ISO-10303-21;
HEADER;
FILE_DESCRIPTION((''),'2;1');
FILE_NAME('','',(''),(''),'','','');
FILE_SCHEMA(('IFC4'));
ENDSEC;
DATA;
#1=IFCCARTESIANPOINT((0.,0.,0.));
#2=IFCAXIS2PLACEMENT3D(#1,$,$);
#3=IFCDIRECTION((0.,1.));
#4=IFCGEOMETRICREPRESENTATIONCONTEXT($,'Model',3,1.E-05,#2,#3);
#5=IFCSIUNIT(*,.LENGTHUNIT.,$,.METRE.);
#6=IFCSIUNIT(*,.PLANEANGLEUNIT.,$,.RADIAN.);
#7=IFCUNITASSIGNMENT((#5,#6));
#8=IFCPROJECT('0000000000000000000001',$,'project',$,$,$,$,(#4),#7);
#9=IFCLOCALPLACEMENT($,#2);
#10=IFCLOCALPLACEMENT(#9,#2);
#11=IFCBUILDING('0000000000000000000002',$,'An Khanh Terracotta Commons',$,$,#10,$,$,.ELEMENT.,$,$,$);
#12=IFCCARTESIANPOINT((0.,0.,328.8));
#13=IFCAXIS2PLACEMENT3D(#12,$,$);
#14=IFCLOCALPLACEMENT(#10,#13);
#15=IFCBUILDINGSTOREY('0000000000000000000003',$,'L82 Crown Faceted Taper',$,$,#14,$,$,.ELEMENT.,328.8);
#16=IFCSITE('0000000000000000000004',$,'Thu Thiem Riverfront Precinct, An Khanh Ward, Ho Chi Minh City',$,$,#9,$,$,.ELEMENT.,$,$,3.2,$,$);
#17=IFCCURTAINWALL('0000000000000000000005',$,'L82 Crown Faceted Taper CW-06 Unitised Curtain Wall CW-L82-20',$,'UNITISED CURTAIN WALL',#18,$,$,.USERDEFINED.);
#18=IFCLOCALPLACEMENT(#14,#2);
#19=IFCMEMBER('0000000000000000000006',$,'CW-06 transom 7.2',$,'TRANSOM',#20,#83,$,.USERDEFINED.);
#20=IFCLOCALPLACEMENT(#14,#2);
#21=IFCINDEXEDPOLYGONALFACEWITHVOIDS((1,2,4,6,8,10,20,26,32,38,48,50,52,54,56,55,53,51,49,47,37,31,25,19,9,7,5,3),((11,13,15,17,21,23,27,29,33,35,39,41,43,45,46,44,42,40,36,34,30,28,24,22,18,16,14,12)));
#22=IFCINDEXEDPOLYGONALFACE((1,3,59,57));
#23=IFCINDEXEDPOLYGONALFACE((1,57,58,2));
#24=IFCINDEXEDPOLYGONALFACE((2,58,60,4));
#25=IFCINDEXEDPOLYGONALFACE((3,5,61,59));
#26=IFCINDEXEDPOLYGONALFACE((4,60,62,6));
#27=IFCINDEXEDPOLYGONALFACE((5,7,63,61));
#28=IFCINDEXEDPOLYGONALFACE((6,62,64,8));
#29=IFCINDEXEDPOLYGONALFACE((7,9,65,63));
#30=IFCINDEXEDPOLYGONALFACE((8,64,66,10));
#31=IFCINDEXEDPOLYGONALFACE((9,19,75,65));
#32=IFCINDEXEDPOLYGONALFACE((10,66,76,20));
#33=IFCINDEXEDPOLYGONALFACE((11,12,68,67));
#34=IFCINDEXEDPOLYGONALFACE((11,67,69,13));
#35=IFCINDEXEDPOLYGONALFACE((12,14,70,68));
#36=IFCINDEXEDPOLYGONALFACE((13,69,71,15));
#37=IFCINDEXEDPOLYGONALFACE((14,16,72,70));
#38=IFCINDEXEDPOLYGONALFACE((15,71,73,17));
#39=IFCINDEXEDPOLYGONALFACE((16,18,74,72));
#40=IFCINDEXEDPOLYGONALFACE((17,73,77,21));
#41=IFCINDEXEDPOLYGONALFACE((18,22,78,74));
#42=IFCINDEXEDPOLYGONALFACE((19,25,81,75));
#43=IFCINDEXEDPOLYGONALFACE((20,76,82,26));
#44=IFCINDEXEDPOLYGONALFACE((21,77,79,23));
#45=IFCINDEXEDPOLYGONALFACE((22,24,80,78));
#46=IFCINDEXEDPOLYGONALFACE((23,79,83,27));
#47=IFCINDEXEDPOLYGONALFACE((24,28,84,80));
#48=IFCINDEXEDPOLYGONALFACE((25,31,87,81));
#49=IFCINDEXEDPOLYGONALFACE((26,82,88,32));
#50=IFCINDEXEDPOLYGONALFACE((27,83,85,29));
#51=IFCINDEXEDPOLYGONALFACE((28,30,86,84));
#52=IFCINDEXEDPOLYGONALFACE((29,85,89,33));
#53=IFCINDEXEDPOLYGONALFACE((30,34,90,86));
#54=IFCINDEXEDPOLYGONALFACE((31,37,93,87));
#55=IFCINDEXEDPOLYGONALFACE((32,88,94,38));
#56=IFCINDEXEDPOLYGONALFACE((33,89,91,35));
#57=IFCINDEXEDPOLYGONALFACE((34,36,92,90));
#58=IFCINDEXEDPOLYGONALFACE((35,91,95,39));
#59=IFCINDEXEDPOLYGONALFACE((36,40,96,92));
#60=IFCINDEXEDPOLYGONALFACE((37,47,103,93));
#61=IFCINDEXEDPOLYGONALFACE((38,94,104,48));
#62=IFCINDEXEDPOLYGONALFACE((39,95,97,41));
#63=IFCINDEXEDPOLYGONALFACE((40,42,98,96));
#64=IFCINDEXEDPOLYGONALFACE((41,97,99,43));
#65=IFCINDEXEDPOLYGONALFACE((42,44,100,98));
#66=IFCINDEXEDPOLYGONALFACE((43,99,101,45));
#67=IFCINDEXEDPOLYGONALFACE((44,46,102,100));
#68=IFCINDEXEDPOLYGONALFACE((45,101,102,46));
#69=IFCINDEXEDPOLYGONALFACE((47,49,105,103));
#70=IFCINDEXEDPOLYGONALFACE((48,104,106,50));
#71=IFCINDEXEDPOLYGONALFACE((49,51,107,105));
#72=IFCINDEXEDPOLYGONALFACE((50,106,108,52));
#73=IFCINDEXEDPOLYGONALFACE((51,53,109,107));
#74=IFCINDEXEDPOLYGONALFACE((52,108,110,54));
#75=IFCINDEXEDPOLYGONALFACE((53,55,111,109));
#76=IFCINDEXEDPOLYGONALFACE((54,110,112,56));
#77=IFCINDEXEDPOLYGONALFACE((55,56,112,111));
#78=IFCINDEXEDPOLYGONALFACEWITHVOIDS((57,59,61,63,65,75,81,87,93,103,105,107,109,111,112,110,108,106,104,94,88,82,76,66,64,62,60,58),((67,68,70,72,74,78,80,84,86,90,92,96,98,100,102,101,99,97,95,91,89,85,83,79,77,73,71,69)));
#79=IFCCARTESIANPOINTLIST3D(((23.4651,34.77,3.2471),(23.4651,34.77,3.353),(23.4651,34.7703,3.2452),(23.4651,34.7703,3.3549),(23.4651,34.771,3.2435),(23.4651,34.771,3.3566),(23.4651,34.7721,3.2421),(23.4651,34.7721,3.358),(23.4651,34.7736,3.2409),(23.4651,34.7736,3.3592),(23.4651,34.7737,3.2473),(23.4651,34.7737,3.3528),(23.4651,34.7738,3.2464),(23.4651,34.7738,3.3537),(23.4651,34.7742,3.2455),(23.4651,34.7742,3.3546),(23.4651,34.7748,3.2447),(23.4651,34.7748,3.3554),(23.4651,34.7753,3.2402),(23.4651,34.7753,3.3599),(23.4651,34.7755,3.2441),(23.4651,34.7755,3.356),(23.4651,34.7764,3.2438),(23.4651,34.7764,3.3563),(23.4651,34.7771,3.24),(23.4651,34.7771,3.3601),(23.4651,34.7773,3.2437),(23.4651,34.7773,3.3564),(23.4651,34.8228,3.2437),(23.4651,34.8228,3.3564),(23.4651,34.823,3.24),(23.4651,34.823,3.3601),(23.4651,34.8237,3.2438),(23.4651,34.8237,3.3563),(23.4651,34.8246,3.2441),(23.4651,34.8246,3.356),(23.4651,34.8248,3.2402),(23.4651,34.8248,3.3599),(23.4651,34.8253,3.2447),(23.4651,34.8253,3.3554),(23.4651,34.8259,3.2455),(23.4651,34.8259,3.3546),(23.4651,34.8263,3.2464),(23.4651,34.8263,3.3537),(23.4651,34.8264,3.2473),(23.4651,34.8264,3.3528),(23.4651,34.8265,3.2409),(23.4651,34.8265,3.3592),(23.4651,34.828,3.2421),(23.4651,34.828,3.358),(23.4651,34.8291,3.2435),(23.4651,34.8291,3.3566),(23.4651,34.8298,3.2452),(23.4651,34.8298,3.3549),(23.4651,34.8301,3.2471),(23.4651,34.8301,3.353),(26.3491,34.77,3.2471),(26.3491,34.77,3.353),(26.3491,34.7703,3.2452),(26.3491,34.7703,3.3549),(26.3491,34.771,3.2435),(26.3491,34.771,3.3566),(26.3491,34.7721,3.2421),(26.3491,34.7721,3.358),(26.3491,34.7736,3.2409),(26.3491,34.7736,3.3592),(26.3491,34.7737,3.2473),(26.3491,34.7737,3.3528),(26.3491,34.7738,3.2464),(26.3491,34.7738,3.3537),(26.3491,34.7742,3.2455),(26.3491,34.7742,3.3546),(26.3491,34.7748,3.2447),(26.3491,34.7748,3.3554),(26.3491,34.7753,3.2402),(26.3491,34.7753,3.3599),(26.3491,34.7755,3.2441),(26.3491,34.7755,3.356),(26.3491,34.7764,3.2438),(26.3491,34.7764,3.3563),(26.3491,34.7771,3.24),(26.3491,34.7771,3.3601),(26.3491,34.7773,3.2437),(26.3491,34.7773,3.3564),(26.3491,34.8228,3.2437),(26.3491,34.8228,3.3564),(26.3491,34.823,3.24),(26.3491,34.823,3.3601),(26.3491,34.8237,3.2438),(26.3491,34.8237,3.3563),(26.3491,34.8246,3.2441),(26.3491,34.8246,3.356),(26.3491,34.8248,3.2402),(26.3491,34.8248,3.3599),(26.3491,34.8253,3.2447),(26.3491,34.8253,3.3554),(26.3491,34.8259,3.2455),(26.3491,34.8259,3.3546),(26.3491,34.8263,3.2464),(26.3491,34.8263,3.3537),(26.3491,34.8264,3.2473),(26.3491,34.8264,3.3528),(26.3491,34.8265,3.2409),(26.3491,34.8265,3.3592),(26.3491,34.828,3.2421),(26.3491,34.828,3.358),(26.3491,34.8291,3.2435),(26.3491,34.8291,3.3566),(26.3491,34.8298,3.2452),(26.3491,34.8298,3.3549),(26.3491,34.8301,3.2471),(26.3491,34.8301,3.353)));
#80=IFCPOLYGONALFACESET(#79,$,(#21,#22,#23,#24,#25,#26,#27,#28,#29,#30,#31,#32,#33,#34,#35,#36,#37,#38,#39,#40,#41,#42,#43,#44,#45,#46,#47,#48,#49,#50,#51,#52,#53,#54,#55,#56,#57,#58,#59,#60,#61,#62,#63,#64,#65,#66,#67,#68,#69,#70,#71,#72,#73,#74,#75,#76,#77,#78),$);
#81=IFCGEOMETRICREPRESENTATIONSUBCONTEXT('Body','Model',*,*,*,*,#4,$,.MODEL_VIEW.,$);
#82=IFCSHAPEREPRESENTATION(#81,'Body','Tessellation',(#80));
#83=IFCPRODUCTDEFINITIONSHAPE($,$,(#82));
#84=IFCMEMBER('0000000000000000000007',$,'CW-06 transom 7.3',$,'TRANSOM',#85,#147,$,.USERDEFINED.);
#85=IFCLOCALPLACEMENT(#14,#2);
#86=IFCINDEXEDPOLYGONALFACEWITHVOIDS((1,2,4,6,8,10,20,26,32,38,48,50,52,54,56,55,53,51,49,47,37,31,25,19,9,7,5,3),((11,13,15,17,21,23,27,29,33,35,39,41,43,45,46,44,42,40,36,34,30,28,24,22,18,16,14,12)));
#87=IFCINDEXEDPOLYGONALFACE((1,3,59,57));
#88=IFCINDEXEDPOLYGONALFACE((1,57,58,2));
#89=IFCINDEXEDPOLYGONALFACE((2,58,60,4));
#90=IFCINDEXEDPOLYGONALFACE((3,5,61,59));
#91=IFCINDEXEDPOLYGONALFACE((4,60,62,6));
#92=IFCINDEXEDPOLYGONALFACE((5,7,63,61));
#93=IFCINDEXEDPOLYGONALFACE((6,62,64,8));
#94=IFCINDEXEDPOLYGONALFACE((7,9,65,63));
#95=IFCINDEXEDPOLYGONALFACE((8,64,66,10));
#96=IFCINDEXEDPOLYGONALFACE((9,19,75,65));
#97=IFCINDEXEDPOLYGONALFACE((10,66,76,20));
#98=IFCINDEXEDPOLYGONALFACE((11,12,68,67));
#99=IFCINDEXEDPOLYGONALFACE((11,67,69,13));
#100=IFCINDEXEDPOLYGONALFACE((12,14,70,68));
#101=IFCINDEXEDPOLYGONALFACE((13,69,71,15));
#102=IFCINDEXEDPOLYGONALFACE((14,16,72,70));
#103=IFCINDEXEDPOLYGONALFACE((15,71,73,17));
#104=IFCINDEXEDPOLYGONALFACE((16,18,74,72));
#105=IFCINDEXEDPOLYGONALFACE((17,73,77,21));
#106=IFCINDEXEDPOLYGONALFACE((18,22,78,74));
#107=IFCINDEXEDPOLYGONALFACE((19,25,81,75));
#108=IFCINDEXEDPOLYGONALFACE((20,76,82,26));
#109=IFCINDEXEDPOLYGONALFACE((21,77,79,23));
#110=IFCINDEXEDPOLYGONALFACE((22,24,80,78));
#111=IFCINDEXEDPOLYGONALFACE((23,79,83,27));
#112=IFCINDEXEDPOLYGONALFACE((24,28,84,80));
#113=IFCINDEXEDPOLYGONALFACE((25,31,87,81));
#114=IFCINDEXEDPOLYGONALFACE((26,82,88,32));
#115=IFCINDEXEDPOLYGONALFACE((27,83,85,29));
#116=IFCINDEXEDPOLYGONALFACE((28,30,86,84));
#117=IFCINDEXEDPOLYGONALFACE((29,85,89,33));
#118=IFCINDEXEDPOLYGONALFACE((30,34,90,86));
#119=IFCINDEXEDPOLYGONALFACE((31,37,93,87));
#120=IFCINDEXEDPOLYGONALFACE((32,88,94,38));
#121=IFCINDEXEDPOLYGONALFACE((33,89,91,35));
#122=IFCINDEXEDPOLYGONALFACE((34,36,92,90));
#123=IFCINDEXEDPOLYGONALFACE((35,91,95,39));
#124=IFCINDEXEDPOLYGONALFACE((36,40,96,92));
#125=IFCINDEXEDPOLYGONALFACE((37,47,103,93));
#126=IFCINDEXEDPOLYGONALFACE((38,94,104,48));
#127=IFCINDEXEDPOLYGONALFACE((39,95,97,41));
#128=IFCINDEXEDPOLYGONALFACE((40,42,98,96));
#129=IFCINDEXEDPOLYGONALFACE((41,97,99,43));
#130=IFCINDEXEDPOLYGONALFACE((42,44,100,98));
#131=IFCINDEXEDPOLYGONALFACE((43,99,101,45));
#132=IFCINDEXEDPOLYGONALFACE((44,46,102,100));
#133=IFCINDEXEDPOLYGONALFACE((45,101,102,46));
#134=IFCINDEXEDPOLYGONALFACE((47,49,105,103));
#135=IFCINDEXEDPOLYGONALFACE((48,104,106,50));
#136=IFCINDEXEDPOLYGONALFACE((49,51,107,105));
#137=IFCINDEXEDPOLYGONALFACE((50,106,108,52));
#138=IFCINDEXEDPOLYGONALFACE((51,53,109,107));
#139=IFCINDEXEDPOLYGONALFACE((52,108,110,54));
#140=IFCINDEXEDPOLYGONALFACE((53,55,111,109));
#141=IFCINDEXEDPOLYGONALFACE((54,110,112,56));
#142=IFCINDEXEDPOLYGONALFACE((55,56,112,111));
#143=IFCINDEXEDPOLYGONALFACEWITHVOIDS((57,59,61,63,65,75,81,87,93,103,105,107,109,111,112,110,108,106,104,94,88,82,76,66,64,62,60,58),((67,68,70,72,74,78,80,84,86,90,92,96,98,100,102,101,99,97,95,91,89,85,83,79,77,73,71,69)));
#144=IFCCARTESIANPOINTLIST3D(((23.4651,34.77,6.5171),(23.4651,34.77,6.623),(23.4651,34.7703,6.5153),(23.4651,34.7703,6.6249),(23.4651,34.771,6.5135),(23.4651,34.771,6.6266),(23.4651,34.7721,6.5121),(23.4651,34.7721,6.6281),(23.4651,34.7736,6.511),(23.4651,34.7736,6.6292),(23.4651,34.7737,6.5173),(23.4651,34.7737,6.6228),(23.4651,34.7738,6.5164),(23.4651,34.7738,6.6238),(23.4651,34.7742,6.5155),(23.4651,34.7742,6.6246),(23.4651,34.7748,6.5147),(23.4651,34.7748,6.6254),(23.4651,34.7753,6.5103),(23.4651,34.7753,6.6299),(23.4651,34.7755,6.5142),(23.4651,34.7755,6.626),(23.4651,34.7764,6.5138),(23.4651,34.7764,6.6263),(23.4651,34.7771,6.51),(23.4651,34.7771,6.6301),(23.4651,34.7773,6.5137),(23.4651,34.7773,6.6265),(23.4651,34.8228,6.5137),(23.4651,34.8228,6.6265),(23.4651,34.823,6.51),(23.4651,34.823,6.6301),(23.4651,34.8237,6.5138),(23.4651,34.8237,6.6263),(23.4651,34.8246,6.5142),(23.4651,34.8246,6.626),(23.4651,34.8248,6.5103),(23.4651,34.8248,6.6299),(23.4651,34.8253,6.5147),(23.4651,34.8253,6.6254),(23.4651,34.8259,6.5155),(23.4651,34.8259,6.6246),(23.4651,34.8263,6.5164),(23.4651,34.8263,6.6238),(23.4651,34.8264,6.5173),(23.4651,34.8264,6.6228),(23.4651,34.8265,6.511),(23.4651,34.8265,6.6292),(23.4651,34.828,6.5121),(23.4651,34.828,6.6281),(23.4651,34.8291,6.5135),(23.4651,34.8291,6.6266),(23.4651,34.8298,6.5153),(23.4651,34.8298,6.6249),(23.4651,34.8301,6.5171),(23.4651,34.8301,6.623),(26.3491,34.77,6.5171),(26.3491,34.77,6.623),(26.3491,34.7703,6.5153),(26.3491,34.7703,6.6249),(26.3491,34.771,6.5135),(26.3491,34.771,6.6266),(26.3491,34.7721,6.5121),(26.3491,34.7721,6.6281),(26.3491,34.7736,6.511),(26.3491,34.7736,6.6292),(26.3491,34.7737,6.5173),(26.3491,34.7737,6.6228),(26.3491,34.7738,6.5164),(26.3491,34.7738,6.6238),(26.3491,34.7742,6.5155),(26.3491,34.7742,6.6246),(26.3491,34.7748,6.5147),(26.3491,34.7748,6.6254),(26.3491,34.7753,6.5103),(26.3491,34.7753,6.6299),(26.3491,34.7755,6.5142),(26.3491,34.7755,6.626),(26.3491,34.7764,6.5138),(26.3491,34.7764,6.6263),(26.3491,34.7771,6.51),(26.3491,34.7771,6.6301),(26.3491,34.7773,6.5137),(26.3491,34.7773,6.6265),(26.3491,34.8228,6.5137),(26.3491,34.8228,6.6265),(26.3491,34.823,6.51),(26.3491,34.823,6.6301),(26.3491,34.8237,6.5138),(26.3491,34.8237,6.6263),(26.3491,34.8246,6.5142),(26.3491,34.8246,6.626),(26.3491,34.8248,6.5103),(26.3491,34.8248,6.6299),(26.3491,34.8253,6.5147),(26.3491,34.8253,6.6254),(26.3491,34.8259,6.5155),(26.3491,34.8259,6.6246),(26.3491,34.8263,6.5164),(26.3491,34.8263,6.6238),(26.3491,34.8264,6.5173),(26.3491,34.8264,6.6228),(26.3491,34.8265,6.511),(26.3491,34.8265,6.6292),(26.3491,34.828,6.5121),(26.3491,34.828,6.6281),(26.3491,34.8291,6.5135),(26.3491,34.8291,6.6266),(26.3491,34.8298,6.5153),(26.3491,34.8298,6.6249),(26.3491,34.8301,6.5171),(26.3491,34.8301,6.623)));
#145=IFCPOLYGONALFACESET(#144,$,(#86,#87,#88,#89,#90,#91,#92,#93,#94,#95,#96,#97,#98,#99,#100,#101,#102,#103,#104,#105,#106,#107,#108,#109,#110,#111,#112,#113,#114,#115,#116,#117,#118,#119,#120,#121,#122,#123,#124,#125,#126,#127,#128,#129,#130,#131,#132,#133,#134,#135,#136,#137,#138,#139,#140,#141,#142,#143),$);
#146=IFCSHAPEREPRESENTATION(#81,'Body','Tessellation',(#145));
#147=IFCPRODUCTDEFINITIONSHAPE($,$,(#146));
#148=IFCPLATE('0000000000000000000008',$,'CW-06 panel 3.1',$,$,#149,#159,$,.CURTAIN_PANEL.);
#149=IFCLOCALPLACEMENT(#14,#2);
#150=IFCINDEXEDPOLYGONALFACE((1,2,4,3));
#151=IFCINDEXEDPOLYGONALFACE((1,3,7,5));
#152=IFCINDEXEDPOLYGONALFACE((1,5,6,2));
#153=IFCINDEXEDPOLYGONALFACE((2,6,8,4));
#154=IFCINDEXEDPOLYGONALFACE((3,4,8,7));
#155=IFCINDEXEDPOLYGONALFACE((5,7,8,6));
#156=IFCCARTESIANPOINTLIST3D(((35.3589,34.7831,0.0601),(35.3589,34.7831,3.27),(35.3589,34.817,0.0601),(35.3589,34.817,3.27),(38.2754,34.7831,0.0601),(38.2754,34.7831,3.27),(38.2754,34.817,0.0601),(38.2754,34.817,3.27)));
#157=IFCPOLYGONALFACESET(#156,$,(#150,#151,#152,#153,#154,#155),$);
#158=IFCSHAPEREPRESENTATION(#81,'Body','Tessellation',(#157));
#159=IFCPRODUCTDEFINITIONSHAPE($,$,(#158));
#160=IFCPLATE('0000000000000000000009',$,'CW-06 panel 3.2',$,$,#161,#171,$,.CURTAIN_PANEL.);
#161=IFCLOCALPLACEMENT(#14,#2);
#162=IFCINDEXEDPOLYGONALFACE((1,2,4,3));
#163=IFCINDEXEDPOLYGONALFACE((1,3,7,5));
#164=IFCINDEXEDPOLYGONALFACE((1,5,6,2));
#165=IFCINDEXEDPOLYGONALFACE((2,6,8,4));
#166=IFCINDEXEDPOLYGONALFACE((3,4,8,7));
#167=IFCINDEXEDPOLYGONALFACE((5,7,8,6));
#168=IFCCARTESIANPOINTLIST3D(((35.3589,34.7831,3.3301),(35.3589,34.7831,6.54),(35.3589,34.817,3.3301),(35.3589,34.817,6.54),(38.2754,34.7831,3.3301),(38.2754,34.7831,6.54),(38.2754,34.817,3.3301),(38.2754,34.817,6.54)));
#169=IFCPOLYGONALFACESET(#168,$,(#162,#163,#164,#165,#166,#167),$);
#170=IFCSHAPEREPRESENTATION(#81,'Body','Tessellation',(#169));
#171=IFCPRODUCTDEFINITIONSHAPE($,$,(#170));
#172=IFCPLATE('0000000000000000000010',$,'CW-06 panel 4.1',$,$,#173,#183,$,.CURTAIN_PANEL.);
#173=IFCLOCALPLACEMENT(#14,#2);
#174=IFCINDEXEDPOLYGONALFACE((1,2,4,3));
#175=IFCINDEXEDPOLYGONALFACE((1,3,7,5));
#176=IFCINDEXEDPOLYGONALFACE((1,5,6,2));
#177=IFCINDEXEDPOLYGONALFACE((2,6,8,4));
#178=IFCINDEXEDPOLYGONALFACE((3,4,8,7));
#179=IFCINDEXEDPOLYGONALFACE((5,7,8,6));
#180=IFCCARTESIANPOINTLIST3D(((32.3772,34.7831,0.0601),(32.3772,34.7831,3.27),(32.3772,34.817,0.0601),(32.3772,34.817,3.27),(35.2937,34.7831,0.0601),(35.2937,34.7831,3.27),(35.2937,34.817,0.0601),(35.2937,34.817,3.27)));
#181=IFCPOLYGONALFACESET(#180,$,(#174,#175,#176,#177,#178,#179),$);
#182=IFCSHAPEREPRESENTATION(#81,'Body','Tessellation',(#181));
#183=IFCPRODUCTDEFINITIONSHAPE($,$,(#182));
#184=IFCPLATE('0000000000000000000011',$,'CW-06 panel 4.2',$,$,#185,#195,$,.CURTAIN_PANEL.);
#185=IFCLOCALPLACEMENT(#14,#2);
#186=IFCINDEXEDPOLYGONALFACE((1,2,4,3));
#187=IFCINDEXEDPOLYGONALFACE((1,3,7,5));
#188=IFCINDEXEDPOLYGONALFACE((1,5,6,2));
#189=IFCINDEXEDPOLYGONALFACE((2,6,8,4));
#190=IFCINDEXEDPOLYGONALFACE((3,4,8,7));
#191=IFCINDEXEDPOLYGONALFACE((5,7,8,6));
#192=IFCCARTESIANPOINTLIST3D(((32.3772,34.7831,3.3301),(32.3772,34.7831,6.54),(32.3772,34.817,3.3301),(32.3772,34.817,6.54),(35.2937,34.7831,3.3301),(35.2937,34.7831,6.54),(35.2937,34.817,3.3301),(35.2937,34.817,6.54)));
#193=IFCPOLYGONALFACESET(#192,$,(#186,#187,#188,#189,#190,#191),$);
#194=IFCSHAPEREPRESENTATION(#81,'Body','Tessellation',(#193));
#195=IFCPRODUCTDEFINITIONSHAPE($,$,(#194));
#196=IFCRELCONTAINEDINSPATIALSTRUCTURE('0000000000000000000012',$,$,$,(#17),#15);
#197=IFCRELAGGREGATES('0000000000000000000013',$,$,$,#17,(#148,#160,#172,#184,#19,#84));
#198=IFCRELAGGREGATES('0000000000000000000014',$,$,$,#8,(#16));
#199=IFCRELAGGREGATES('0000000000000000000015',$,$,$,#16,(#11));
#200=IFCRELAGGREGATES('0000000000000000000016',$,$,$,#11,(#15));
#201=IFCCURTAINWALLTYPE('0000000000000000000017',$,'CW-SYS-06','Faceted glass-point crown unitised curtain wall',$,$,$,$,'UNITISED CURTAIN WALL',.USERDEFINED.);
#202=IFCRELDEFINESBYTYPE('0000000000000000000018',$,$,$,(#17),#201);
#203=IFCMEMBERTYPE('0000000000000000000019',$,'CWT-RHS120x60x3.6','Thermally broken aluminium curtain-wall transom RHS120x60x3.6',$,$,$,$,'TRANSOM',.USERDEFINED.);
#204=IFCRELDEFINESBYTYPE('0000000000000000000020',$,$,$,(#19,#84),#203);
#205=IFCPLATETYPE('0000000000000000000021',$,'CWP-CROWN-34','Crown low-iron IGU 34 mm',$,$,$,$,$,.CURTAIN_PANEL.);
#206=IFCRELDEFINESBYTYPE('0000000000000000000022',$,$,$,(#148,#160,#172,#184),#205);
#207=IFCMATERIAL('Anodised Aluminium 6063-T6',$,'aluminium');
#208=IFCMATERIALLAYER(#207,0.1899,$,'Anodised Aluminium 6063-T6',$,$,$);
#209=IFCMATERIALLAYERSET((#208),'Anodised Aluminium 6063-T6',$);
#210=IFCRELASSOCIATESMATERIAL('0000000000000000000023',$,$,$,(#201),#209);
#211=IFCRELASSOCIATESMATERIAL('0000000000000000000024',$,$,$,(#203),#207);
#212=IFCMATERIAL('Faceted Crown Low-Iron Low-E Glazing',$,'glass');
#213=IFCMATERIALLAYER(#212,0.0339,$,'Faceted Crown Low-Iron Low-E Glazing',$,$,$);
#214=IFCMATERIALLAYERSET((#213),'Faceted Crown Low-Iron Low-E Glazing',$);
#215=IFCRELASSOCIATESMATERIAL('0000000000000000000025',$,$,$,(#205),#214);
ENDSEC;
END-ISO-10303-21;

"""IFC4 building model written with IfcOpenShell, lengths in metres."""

from ifc_helpers import new_model, si_unit, direction, frame, origin, origin_2d, place, context, subcontext, project, spatial, rectangle, hollow_rectangle, extrude, material, layer, layer_set, material_profile, profile_set, type_object, element, aggregate, save


model = new_model("IFC4")

# Units and contexts
model_context = context("Model", 3, precision=1e-05, world=origin(), true_north=direction((0.0, 1.0)))
body_context = subcontext(model_context, "Body", "Model", "MODEL_VIEW")
ifc_project = project(units=[si_unit("LENGTHUNIT", "METRE"), si_unit("PLANEANGLEUNIT", "RADIAN")], contexts=[model_context])

# Site, building, storey
site_placement = place(None, origin())
site = spatial("IfcSite", under=ifc_project, at=site_placement, Name="Thu Thiem Riverfront Precinct, An Khanh Ward, Ho Chi Minh City", CompositionType="ELEMENT", RefElevation=3.2)
building_placement = place(site_placement, origin())
building = spatial("IfcBuilding", under=site, at=building_placement, Name="An Khanh Terracotta Commons", CompositionType="ELEMENT")
storey_placement = place(building_placement, frame((0.0, 0.0, 328.8)))
storey = spatial("IfcBuildingStorey", under=building, at=storey_placement, Name="L82 Crown Faceted Taper", CompositionType="ELEMENT", Elevation=328.8)

# Curtain wall, members, plates
ifc_material_1 = material(Name="Anodised Aluminium 6063-T6", Category="aluminium")
ifc_layer_1 = layer(ifc_material_1, 0.1899, Name="Anodised Aluminium 6063-T6")
ifc_layer_set_1 = layer_set([ifc_layer_1], Name="Anodised Aluminium 6063-T6")
curtain_wall_type = type_object("IfcCurtainWallType", Name="CW-SYS-06", Description="Faceted glass-point crown unitised curtain wall", ElementType="UNITISED CURTAIN WALL", PredefinedType="USERDEFINED", material=ifc_layer_set_1)
curtain_wall_placement = place(storey_placement, origin())
curtain_wall = element("IfcCurtainWall", 1, at=curtain_wall_placement, inside=storey, type_object=curtain_wall_type, Name="L82 Crown Faceted Taper CW-06 Unitised Curtain Wall CW-L82-20", ObjectType="UNITISED CURTAIN WALL", PredefinedType="USERDEFINED")
ifc_material_profile_1 = material_profile(ifc_material_1, hollow_rectangle(XDim=0.0601, YDim=0.1201, WallThickness=0.0037, InnerFilletRadius=0.0037, OuterFilletRadius=0.0071, at=origin_2d()), Name="RHS120x60x3.6")
ifc_profile_set_1 = profile_set([ifc_material_profile_1], Name="Anodised Aluminium 6063-T6")
member_type_1 = type_object("IfcMemberType", Name="CWT-RHS120x60x3.6", Description="Thermally broken aluminium curtain-wall transom RHS120x60x3.6", ElementType="TRANSOM", PredefinedType="USERDEFINED", material=ifc_profile_set_1)
member_1_placement = place(storey_placement, frame((26.3491, 34.8, 3.3), z_axis=(-1.0, 0.0, 0.0), x_axis=(0.0, -1.0, 0.0)))
member_1 = element("IfcMember", 2, at=member_1_placement, type_object=member_type_1, Name="CW-06 transom 7.2", ObjectType="TRANSOM", PredefinedType="USERDEFINED", context=body_context, shape_type="SweptSolid", body=[
    extrude(hollow_rectangle(XDim=0.0601, YDim=0.1201, WallThickness=0.0037, InnerFilletRadius=0.0037, OuterFilletRadius=0.0071, at=origin_2d()), origin(), (0.0, 0.0, 1.0), 2.884),
])
member_2_placement = place(storey_placement, frame((26.3491, 34.8, 6.5701), z_axis=(-1.0, 0.0, 0.0), x_axis=(0.0, -1.0, 0.0)))
member_2 = element("IfcMember", 3, at=member_2_placement, type_object=member_type_1, Name="CW-06 transom 7.3", ObjectType="TRANSOM", PredefinedType="USERDEFINED", context=body_context, shape_type="SweptSolid", body=[
    extrude(hollow_rectangle(XDim=0.0601, YDim=0.1201, WallThickness=0.0037, InnerFilletRadius=0.0037, OuterFilletRadius=0.0071, at=origin_2d()), origin(), (0.0, 0.0, 1.0), 2.884),
])
ifc_material_2 = material(Name="Faceted Crown Low-Iron Low-E Glazing", Category="glass")
ifc_layer_2 = layer(ifc_material_2, 0.0339, Name="Faceted Crown Low-Iron Low-E Glazing")
ifc_layer_set_2 = layer_set([ifc_layer_2], Name="Faceted Crown Low-Iron Low-E Glazing")
plate_type = type_object("IfcPlateType", Name="CWP-CROWN-34", Description="Crown low-iron IGU 34 mm", PredefinedType="CURTAIN_PANEL", material=ifc_layer_set_2)
plate_1_placement = place(storey_placement, frame((36.8171, 34.8, 0.0601), z_axis=(0.0, 0.0, 1.0), x_axis=(-1.0, 0.0, 0.0)))
plate_1 = element("IfcPlate", 4, at=plate_1_placement, type_object=plate_type, Name="CW-06 panel 3.1", PredefinedType="CURTAIN_PANEL", context=body_context, shape_type="SweptSolid", body=[
    extrude(rectangle(XDim=2.9165, YDim=0.0339, at=origin_2d()), origin(), (0.0, 0.0, 1.0), 3.21),
])
plate_2_placement = place(storey_placement, frame((36.8171, 34.8, 3.3301), z_axis=(0.0, 0.0, 1.0), x_axis=(-1.0, 0.0, 0.0)))
plate_2 = element("IfcPlate", 5, at=plate_2_placement, type_object=plate_type, Name="CW-06 panel 3.2", PredefinedType="CURTAIN_PANEL", context=body_context, shape_type="SweptSolid", body=[
    extrude(rectangle(XDim=2.9165, YDim=0.0339, at=origin_2d()), origin(), (0.0, 0.0, 1.0), 3.21),
])
plate_3_placement = place(storey_placement, frame((33.8354, 34.8, 0.0601), z_axis=(0.0, 0.0, 1.0), x_axis=(-1.0, 0.0, 0.0)))
plate_3 = element("IfcPlate", 6, at=plate_3_placement, type_object=plate_type, Name="CW-06 panel 4.1", PredefinedType="CURTAIN_PANEL", context=body_context, shape_type="SweptSolid", body=[
    extrude(rectangle(XDim=2.9165, YDim=0.0339, at=origin_2d()), origin(), (0.0, 0.0, 1.0), 3.21),
])
plate_4_placement = place(storey_placement, frame((33.8354, 34.8, 3.3301), z_axis=(0.0, 0.0, 1.0), x_axis=(-1.0, 0.0, 0.0)))
plate_4 = element("IfcPlate", 7, at=plate_4_placement, type_object=plate_type, Name="CW-06 panel 4.2", PredefinedType="CURTAIN_PANEL", context=body_context, shape_type="SweptSolid", body=[
    extrude(rectangle(XDim=2.9165, YDim=0.0339, at=origin_2d()), origin(), (0.0, 0.0, 1.0), 3.21),
])
aggregate(curtain_wall, [plate_1, plate_2, plate_3, plate_4, member_1, member_2])

save(model, "model.ifc")
